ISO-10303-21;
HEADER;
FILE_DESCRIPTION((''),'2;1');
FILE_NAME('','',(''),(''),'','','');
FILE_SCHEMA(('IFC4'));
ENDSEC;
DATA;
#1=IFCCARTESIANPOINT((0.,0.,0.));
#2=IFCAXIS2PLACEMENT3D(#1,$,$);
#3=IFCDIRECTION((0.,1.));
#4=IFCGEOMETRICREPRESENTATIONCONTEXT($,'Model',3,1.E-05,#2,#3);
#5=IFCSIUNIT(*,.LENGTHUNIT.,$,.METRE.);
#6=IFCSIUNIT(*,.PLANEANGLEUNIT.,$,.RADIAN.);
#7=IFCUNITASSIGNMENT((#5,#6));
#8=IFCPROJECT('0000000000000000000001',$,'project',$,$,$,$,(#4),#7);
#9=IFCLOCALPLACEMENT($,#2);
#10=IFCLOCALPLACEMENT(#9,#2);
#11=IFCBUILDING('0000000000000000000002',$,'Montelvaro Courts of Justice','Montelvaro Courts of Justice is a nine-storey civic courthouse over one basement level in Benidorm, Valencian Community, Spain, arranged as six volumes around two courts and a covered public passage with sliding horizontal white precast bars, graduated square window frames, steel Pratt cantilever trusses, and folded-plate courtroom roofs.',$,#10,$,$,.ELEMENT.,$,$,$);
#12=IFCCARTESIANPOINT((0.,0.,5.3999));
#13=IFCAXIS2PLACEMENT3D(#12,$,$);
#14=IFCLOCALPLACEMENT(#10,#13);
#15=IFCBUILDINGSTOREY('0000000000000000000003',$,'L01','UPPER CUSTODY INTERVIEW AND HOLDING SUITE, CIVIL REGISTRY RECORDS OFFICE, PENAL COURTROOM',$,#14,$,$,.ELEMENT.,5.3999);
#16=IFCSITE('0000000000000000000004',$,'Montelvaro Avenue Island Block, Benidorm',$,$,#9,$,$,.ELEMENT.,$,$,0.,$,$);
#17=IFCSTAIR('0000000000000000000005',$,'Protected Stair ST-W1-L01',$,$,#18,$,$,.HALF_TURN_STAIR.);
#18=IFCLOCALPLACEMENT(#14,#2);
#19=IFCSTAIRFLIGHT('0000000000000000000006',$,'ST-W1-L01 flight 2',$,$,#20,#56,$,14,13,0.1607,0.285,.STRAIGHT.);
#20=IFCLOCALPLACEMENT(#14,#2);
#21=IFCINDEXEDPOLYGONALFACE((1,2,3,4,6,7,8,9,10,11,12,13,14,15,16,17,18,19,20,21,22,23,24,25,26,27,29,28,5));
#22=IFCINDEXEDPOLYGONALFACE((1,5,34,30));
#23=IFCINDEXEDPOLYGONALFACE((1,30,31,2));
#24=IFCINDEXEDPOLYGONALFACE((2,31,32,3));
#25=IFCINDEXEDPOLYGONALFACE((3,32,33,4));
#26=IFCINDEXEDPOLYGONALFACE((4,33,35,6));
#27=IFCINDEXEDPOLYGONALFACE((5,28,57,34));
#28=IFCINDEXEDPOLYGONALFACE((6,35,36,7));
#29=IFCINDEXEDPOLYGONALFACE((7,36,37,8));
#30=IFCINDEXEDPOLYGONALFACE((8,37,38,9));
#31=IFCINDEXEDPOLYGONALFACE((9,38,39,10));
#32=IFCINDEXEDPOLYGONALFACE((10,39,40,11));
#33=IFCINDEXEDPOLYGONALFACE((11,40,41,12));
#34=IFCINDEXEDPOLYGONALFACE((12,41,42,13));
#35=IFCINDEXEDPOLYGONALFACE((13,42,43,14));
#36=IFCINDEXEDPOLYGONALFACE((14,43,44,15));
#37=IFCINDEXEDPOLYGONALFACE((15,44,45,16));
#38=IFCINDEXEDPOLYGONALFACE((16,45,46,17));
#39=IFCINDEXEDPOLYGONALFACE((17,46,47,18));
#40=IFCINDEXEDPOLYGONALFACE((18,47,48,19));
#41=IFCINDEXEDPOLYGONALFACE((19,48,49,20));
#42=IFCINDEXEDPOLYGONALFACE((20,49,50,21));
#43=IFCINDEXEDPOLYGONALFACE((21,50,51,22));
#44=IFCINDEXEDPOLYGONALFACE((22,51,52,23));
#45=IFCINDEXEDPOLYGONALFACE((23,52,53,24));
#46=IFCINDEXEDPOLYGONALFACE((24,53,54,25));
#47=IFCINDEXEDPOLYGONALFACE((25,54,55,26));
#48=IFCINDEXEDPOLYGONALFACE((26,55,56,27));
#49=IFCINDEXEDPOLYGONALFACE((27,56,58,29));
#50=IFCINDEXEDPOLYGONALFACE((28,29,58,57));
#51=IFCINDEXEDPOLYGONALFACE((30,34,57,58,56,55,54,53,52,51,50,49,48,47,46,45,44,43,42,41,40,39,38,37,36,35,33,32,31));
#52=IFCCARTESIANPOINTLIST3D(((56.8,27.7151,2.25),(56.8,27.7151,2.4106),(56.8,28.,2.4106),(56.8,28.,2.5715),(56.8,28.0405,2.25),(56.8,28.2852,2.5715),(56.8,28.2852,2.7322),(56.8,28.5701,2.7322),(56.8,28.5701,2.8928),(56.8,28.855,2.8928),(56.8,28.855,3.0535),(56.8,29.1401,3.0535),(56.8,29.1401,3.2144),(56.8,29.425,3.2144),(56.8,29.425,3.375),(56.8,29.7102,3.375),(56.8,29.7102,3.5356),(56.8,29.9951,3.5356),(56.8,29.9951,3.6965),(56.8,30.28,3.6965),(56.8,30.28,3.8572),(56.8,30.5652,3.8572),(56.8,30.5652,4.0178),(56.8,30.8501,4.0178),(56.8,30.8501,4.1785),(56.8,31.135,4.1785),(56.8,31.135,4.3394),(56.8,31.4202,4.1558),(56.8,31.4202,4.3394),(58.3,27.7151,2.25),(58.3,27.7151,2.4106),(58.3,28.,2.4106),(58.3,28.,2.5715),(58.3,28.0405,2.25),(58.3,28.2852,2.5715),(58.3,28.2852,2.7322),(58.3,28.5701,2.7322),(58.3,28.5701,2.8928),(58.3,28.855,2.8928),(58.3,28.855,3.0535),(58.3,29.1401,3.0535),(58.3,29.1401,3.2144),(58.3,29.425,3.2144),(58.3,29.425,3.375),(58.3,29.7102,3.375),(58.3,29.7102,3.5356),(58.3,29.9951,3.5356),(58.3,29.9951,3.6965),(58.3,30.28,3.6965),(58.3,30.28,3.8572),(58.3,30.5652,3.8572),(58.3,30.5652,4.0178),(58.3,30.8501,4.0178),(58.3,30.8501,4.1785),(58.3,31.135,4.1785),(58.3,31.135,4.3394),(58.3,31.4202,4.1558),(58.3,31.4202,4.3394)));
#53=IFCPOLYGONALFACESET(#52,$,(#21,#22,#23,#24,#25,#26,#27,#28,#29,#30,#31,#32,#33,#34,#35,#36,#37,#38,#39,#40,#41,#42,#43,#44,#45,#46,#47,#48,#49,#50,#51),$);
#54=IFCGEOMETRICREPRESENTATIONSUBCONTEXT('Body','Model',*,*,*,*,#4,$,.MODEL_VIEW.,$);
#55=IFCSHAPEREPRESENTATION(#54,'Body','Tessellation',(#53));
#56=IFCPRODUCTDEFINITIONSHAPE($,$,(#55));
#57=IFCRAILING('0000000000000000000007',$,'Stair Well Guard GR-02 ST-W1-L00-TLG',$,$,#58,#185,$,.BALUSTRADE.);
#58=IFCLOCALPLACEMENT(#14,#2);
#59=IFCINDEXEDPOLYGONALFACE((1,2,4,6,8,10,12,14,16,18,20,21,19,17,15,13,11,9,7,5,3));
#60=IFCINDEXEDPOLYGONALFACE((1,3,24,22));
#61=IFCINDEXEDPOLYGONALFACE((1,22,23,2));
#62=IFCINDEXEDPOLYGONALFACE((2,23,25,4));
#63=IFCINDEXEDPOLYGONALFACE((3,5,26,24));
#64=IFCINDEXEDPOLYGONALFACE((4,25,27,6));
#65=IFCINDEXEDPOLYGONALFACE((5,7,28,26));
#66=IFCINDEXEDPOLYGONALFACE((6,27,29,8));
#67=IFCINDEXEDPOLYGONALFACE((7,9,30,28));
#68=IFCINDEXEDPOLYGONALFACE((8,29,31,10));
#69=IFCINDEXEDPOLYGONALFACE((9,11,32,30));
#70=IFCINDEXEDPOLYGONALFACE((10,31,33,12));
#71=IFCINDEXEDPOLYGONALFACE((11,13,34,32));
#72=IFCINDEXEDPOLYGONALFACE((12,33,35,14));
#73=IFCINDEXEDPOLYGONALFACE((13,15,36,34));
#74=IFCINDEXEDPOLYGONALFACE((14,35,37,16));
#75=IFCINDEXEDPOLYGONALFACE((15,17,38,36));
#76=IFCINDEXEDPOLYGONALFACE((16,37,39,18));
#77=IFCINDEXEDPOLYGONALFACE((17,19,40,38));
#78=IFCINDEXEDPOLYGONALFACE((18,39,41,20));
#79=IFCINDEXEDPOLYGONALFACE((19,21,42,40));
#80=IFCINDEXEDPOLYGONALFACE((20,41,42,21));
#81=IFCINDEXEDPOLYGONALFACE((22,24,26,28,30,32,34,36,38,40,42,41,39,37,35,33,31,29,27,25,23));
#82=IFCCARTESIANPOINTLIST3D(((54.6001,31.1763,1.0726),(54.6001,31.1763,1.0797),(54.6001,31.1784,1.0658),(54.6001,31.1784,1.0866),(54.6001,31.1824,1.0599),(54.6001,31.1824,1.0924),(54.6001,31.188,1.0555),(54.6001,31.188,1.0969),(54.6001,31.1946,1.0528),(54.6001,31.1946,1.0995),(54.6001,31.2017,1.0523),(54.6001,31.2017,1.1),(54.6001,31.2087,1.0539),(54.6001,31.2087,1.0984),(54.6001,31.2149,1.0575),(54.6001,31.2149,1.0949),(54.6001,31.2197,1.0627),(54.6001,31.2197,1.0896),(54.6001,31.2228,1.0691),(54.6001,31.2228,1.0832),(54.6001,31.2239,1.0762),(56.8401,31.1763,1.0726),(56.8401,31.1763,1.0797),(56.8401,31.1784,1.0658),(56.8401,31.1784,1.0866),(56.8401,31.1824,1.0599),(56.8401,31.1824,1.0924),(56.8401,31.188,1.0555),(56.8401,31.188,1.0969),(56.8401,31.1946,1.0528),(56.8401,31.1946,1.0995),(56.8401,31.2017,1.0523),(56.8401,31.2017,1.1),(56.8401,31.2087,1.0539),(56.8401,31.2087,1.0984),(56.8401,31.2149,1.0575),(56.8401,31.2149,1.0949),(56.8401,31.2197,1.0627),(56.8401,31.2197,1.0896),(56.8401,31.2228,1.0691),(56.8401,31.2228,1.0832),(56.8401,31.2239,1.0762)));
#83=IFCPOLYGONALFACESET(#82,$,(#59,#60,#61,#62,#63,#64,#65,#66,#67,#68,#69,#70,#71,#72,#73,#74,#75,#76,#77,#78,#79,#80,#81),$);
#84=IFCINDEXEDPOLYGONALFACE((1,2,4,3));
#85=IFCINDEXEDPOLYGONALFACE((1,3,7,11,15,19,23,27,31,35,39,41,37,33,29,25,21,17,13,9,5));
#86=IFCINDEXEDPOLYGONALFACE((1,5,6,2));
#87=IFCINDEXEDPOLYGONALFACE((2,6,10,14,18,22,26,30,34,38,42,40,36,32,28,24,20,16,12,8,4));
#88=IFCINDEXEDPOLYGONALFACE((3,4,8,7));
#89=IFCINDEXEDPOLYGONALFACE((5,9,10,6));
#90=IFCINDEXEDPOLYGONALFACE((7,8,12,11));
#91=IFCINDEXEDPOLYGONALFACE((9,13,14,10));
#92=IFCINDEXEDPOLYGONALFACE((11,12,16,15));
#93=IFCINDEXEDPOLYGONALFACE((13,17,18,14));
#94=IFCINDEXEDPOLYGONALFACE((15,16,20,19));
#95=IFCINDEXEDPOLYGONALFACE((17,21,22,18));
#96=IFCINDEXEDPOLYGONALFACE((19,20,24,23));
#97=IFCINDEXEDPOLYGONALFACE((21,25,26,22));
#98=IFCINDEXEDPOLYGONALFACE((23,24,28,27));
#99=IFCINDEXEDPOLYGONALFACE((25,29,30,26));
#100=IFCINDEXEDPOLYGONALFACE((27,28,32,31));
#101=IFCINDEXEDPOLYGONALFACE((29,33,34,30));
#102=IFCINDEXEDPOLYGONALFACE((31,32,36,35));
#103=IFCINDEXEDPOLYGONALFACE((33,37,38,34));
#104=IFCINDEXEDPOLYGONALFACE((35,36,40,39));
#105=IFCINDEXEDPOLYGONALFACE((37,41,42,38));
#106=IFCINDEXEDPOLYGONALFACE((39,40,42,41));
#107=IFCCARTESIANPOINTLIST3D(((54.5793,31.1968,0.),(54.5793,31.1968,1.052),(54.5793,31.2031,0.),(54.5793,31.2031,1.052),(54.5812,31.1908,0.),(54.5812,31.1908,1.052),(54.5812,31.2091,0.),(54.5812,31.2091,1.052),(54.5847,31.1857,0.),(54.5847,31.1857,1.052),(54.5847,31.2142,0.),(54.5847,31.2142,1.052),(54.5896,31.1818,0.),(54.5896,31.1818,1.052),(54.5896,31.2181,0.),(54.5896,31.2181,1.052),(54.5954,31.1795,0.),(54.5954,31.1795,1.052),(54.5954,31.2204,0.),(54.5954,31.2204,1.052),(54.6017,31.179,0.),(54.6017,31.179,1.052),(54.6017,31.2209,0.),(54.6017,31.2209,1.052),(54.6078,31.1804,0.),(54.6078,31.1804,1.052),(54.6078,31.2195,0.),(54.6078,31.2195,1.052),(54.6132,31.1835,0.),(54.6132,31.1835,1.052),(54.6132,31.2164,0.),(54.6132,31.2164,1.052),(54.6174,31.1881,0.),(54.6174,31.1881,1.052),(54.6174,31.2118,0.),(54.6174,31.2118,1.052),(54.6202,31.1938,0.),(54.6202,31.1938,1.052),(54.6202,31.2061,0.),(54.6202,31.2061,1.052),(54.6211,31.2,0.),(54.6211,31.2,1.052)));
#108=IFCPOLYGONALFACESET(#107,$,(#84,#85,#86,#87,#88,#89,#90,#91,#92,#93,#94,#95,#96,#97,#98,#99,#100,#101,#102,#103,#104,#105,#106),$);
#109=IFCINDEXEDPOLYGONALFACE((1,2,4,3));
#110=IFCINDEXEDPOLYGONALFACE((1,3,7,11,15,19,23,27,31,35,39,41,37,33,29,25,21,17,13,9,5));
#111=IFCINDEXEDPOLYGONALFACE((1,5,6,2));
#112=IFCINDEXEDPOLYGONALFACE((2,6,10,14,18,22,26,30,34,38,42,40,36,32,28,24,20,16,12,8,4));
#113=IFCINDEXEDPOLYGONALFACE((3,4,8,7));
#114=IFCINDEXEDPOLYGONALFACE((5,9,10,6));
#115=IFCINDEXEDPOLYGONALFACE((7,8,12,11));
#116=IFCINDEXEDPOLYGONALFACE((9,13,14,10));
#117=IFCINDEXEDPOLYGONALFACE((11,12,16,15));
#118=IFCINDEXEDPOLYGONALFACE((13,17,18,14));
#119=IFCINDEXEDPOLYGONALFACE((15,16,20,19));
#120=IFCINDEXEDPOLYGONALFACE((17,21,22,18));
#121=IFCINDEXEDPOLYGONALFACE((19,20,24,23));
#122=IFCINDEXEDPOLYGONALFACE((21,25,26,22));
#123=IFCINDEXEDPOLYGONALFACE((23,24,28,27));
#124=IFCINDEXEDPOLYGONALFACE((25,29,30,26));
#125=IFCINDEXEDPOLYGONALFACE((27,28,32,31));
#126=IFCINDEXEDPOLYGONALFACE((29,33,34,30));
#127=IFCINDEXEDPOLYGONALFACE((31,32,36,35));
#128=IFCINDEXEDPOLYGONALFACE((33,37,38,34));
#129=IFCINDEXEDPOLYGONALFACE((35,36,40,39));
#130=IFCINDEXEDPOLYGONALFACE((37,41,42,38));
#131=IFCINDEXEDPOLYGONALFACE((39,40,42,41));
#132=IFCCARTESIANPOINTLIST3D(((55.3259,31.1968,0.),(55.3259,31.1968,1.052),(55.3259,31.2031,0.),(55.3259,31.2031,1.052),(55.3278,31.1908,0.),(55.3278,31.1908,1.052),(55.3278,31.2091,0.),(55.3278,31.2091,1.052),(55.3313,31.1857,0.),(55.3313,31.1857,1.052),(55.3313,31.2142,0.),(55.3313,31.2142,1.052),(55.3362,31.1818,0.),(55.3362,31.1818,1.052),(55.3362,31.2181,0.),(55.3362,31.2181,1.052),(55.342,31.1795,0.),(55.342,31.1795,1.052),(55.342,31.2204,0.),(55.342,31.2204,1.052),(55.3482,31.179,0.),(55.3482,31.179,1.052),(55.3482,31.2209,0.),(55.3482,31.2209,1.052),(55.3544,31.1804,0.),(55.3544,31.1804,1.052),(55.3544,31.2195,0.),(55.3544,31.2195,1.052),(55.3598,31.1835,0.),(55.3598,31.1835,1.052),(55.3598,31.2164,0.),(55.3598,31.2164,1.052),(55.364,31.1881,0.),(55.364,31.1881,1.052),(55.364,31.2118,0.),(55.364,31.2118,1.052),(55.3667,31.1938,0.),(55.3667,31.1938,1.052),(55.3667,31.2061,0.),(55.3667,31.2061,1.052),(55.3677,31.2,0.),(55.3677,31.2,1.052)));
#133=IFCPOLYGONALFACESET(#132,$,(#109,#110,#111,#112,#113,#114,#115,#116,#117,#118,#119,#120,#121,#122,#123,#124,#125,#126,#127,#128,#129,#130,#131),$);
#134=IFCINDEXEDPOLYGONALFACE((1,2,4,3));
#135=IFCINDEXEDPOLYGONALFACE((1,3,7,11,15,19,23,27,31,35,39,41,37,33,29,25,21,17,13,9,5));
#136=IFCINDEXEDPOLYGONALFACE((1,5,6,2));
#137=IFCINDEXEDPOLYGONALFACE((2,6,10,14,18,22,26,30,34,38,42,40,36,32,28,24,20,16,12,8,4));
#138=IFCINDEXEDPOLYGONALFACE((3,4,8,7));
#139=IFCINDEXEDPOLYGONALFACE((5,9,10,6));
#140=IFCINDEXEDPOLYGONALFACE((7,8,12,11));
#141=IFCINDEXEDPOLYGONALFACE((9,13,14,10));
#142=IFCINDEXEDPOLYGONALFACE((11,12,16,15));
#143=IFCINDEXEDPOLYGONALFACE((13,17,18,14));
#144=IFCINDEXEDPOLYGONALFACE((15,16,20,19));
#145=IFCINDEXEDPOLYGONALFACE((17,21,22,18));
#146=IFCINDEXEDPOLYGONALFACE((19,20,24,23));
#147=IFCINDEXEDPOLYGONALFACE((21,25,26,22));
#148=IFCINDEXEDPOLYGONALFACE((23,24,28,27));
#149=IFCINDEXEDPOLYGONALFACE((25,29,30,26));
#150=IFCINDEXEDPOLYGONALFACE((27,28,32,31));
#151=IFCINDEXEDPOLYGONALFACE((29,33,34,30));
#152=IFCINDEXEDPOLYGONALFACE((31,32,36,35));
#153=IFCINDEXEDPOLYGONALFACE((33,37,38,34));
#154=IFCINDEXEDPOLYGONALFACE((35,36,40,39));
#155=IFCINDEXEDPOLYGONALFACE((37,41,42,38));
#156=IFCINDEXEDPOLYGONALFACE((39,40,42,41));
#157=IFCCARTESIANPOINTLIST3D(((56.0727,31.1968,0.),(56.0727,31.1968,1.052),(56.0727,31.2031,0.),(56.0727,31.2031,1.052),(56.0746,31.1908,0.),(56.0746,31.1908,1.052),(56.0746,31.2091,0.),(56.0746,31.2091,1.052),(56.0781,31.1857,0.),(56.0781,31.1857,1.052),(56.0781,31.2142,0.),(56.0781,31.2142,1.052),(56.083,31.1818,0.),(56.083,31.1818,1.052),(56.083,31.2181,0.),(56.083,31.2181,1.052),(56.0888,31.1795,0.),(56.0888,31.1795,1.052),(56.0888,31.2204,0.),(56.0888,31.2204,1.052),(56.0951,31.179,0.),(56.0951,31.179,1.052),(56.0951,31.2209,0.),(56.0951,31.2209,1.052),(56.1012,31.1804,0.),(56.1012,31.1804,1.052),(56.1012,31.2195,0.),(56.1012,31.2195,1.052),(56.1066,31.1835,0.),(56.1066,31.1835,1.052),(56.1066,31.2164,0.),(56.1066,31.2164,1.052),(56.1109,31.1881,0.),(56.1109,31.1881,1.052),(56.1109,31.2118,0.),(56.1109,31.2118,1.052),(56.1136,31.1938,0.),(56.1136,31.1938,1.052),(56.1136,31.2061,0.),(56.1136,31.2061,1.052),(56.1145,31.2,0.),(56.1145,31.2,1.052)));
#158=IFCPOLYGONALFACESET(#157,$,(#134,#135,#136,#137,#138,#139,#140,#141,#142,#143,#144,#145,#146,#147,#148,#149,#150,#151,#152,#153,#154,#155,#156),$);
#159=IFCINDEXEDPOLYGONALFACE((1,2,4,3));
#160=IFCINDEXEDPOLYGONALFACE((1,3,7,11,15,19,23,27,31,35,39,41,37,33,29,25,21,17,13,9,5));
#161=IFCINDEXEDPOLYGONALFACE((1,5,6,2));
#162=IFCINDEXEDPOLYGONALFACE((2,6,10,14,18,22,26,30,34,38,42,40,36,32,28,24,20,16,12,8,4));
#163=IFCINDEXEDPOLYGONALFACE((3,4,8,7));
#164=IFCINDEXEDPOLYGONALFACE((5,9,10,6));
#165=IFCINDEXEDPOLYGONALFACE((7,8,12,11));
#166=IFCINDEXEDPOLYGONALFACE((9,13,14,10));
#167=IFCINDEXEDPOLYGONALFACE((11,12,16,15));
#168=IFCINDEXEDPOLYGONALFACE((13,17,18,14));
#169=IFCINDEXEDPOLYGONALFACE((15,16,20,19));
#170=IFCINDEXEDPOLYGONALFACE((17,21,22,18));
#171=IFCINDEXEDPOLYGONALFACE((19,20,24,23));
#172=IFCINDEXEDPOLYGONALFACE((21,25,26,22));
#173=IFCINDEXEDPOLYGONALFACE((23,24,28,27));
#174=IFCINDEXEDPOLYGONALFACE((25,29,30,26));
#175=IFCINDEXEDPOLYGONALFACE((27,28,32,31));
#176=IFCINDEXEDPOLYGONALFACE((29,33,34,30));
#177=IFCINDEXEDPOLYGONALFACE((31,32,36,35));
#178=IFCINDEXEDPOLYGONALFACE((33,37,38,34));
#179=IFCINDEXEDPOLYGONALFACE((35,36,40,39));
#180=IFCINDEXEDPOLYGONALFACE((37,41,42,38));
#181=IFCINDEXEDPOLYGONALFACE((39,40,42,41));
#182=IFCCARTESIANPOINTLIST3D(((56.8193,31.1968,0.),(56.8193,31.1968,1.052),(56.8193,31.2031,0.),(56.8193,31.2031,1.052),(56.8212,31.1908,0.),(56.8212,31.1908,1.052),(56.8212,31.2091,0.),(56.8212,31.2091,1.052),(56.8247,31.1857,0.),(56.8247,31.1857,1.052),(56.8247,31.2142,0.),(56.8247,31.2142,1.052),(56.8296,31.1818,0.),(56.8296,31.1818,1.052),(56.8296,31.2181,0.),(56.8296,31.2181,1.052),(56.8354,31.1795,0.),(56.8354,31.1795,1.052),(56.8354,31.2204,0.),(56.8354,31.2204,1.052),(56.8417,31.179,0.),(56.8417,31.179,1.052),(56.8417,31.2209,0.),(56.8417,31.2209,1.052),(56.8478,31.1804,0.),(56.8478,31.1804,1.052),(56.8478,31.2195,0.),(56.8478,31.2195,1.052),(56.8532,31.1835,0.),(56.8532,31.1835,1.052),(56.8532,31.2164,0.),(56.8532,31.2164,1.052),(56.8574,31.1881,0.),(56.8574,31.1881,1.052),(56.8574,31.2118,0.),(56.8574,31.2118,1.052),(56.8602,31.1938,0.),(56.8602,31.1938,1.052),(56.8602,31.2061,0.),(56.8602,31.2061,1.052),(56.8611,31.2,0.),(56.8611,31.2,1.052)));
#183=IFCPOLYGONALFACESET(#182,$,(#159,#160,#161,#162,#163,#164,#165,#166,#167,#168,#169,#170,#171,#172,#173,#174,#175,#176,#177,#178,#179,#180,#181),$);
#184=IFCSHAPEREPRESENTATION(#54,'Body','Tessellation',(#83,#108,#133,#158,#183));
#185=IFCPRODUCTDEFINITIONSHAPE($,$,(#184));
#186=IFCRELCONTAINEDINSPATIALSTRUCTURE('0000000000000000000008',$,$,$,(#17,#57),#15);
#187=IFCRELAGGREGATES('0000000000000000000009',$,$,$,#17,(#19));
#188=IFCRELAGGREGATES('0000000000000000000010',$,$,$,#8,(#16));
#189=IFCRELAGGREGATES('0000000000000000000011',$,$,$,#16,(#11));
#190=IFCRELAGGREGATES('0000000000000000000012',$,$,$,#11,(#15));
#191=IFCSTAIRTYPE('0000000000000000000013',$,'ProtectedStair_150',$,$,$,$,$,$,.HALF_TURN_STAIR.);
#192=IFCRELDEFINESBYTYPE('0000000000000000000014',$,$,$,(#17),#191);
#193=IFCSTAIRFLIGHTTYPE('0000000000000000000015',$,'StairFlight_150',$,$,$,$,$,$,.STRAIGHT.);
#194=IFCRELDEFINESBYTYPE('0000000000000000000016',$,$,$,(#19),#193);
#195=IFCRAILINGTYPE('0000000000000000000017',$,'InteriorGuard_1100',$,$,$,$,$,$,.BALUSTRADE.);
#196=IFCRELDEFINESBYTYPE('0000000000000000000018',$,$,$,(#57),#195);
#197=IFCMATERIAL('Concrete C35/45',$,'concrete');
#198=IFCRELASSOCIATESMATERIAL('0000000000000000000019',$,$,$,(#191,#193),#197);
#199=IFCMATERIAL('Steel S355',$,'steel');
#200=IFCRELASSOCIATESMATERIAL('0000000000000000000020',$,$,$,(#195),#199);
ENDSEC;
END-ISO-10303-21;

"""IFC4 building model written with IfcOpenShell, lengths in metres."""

from ifc_helpers import new_model, si_unit, direction, frame, origin, origin_2d, place, context, subcontext, project, spatial, polyline, circle, outline, extrude, material, type_object, element, aggregate, save


model = new_model("IFC4")

# Units and contexts
model_context = context("Model", 3, precision=1e-05, world=origin(), true_north=direction((0.0, 1.0)))
body_context = subcontext(model_context, "Body", "Model", "MODEL_VIEW")
ifc_project = project(units=[si_unit("LENGTHUNIT", "METRE"), si_unit("PLANEANGLEUNIT", "RADIAN")], contexts=[model_context])

# Site, building, storey
site_placement = place(None, origin())
site = spatial("IfcSite", under=ifc_project, at=site_placement, Name="Montelvaro Avenue Island Block, Benidorm", CompositionType="ELEMENT", RefElevation=0.0)
building_placement = place(site_placement, origin())
building = spatial("IfcBuilding", under=site, at=building_placement, Name="Montelvaro Courts of Justice", Description="Montelvaro Courts of Justice is a nine-storey civic courthouse over one basement level in Benidorm, Valencian Community, Spain, arranged as six volumes around two courts and a covered public passage with sliding horizontal white precast bars, graduated square window frames, steel Pratt cantilever trusses, and folded-plate courtroom roofs.", CompositionType="ELEMENT")
storey_placement = place(building_placement, frame((0.0, 0.0, 5.3999)))
storey = spatial("IfcBuildingStorey", under=building, at=storey_placement, Name="L01", Description="UPPER CUSTODY INTERVIEW AND HOLDING SUITE, CIVIL REGISTRY RECORDS OFFICE, PENAL COURTROOM", CompositionType="ELEMENT", Elevation=5.3999)

# Shared definitions
ifc_material_1 = material(Name="Steel S355", Category="steel")

# Shared definitions
ifc_material_2 = material(Name="Concrete C35/45", Category="concrete")

# Stair, stair flight
stair_type = type_object("IfcStairType", Name="ProtectedStair_150", PredefinedType="HALF_TURN_STAIR", material=ifc_material_2)
stair_placement = place(storey_placement, origin())
stair = element("IfcStair", 1, at=stair_placement, inside=storey, type_object=stair_type, Name="Protected Stair ST-W1-L01", PredefinedType="HALF_TURN_STAIR")
stair_flight_type = type_object("IfcStairFlightType", Name="StairFlight_150", PredefinedType="STRAIGHT", material=ifc_material_2)
stair_flight_1_placement = place(storey_placement, frame((57.55, 27.7151, 2.25), z_axis=(0.0, 0.0, 1.0), x_axis=(0.0, 1.0, 0.0)))
stair_flight_1 = element("IfcStairFlight", 2, at=stair_flight_1_placement, type_object=stair_flight_type, Name="ST-W1-L01 flight 2", NumberOfRisers=14, NumberOfTreads=13, PredefinedType="STRAIGHT", RiserHeight=0.1607, TreadLength=0.285, context=body_context, shape_type="SweptSolid", body=[
    extrude(outline(polyline([(0.0, 0.0), (0.0, 0.1606), (0.2849, 0.1606), (0.2849, 0.3215), (0.5701, 0.3215), (0.5701, 0.4822), (0.855, 0.4822), (0.855, 0.6428), (1.1399, 0.6428), (1.1399, 0.8035), (1.425, 0.8035), (1.425, 0.9644), (1.71, 0.9644), (1.71, 1.125), (1.9951, 1.125), (1.9951, 1.2856), (2.28, 1.2856), (2.28, 1.4465), (2.5649, 1.4465), (2.5649, 1.6072), (2.8501, 1.6072), (2.8501, 1.7678), (3.135, 1.7678), (3.135, 1.9285), (3.4199, 1.9285), (3.4199, 2.0894), (3.7051, 2.0894), (3.7051, 2.25), (3.7051, 1.9058), (0.3254, 0.0), (0.0, 0.0)])), frame((0.0, 0.75, 0.0), z_axis=(0.0, -1.0, 0.0), x_axis=(1.0, 0.0, 0.0)), (0.0, 0.0, 1.0), 1.5),
])
aggregate(stair, [stair_flight_1])

# Railing
railing_type_1 = type_object("IfcRailingType", Name="InteriorGuard_1100", PredefinedType="BALUSTRADE", material=ifc_material_1)
railing_1_placement = place(storey_placement, frame((54.6001, 31.2, 0.0)))
element("IfcRailing", 3, at=railing_1_placement, inside=storey, type_object=railing_type_1, Name="Stair Well Guard GR-02 ST-W1-L00-TLG", PredefinedType="BALUSTRADE", context=body_context, shape_type="SweptSolid", body=[
    extrude(circle(Radius=0.0239, at=origin_2d()), frame((0.0, 0.0, 1.0762), z_axis=(1.0, 0.0, 0.0), x_axis=(0.0, 1.0, 0.0)), (0.0, 0.0, 1.0), 2.24),
    extrude(circle(Radius=0.021, at=origin_2d()), origin(), (0.0, 0.0, 1.0), 1.052),
    extrude(circle(Radius=0.021, at=origin_2d()), frame((0.7466, 0.0, 0.0)), (0.0, 0.0, 1.0), 1.052),
    extrude(circle(Radius=0.021, at=origin_2d()), frame((1.4934, 0.0, 0.0)), (0.0, 0.0, 1.0), 1.052),
    extrude(circle(Radius=0.021, at=origin_2d()), frame((2.24, 0.0, 0.0)), (0.0, 0.0, 1.0), 1.052),
])

save(model, "model.ifc")
